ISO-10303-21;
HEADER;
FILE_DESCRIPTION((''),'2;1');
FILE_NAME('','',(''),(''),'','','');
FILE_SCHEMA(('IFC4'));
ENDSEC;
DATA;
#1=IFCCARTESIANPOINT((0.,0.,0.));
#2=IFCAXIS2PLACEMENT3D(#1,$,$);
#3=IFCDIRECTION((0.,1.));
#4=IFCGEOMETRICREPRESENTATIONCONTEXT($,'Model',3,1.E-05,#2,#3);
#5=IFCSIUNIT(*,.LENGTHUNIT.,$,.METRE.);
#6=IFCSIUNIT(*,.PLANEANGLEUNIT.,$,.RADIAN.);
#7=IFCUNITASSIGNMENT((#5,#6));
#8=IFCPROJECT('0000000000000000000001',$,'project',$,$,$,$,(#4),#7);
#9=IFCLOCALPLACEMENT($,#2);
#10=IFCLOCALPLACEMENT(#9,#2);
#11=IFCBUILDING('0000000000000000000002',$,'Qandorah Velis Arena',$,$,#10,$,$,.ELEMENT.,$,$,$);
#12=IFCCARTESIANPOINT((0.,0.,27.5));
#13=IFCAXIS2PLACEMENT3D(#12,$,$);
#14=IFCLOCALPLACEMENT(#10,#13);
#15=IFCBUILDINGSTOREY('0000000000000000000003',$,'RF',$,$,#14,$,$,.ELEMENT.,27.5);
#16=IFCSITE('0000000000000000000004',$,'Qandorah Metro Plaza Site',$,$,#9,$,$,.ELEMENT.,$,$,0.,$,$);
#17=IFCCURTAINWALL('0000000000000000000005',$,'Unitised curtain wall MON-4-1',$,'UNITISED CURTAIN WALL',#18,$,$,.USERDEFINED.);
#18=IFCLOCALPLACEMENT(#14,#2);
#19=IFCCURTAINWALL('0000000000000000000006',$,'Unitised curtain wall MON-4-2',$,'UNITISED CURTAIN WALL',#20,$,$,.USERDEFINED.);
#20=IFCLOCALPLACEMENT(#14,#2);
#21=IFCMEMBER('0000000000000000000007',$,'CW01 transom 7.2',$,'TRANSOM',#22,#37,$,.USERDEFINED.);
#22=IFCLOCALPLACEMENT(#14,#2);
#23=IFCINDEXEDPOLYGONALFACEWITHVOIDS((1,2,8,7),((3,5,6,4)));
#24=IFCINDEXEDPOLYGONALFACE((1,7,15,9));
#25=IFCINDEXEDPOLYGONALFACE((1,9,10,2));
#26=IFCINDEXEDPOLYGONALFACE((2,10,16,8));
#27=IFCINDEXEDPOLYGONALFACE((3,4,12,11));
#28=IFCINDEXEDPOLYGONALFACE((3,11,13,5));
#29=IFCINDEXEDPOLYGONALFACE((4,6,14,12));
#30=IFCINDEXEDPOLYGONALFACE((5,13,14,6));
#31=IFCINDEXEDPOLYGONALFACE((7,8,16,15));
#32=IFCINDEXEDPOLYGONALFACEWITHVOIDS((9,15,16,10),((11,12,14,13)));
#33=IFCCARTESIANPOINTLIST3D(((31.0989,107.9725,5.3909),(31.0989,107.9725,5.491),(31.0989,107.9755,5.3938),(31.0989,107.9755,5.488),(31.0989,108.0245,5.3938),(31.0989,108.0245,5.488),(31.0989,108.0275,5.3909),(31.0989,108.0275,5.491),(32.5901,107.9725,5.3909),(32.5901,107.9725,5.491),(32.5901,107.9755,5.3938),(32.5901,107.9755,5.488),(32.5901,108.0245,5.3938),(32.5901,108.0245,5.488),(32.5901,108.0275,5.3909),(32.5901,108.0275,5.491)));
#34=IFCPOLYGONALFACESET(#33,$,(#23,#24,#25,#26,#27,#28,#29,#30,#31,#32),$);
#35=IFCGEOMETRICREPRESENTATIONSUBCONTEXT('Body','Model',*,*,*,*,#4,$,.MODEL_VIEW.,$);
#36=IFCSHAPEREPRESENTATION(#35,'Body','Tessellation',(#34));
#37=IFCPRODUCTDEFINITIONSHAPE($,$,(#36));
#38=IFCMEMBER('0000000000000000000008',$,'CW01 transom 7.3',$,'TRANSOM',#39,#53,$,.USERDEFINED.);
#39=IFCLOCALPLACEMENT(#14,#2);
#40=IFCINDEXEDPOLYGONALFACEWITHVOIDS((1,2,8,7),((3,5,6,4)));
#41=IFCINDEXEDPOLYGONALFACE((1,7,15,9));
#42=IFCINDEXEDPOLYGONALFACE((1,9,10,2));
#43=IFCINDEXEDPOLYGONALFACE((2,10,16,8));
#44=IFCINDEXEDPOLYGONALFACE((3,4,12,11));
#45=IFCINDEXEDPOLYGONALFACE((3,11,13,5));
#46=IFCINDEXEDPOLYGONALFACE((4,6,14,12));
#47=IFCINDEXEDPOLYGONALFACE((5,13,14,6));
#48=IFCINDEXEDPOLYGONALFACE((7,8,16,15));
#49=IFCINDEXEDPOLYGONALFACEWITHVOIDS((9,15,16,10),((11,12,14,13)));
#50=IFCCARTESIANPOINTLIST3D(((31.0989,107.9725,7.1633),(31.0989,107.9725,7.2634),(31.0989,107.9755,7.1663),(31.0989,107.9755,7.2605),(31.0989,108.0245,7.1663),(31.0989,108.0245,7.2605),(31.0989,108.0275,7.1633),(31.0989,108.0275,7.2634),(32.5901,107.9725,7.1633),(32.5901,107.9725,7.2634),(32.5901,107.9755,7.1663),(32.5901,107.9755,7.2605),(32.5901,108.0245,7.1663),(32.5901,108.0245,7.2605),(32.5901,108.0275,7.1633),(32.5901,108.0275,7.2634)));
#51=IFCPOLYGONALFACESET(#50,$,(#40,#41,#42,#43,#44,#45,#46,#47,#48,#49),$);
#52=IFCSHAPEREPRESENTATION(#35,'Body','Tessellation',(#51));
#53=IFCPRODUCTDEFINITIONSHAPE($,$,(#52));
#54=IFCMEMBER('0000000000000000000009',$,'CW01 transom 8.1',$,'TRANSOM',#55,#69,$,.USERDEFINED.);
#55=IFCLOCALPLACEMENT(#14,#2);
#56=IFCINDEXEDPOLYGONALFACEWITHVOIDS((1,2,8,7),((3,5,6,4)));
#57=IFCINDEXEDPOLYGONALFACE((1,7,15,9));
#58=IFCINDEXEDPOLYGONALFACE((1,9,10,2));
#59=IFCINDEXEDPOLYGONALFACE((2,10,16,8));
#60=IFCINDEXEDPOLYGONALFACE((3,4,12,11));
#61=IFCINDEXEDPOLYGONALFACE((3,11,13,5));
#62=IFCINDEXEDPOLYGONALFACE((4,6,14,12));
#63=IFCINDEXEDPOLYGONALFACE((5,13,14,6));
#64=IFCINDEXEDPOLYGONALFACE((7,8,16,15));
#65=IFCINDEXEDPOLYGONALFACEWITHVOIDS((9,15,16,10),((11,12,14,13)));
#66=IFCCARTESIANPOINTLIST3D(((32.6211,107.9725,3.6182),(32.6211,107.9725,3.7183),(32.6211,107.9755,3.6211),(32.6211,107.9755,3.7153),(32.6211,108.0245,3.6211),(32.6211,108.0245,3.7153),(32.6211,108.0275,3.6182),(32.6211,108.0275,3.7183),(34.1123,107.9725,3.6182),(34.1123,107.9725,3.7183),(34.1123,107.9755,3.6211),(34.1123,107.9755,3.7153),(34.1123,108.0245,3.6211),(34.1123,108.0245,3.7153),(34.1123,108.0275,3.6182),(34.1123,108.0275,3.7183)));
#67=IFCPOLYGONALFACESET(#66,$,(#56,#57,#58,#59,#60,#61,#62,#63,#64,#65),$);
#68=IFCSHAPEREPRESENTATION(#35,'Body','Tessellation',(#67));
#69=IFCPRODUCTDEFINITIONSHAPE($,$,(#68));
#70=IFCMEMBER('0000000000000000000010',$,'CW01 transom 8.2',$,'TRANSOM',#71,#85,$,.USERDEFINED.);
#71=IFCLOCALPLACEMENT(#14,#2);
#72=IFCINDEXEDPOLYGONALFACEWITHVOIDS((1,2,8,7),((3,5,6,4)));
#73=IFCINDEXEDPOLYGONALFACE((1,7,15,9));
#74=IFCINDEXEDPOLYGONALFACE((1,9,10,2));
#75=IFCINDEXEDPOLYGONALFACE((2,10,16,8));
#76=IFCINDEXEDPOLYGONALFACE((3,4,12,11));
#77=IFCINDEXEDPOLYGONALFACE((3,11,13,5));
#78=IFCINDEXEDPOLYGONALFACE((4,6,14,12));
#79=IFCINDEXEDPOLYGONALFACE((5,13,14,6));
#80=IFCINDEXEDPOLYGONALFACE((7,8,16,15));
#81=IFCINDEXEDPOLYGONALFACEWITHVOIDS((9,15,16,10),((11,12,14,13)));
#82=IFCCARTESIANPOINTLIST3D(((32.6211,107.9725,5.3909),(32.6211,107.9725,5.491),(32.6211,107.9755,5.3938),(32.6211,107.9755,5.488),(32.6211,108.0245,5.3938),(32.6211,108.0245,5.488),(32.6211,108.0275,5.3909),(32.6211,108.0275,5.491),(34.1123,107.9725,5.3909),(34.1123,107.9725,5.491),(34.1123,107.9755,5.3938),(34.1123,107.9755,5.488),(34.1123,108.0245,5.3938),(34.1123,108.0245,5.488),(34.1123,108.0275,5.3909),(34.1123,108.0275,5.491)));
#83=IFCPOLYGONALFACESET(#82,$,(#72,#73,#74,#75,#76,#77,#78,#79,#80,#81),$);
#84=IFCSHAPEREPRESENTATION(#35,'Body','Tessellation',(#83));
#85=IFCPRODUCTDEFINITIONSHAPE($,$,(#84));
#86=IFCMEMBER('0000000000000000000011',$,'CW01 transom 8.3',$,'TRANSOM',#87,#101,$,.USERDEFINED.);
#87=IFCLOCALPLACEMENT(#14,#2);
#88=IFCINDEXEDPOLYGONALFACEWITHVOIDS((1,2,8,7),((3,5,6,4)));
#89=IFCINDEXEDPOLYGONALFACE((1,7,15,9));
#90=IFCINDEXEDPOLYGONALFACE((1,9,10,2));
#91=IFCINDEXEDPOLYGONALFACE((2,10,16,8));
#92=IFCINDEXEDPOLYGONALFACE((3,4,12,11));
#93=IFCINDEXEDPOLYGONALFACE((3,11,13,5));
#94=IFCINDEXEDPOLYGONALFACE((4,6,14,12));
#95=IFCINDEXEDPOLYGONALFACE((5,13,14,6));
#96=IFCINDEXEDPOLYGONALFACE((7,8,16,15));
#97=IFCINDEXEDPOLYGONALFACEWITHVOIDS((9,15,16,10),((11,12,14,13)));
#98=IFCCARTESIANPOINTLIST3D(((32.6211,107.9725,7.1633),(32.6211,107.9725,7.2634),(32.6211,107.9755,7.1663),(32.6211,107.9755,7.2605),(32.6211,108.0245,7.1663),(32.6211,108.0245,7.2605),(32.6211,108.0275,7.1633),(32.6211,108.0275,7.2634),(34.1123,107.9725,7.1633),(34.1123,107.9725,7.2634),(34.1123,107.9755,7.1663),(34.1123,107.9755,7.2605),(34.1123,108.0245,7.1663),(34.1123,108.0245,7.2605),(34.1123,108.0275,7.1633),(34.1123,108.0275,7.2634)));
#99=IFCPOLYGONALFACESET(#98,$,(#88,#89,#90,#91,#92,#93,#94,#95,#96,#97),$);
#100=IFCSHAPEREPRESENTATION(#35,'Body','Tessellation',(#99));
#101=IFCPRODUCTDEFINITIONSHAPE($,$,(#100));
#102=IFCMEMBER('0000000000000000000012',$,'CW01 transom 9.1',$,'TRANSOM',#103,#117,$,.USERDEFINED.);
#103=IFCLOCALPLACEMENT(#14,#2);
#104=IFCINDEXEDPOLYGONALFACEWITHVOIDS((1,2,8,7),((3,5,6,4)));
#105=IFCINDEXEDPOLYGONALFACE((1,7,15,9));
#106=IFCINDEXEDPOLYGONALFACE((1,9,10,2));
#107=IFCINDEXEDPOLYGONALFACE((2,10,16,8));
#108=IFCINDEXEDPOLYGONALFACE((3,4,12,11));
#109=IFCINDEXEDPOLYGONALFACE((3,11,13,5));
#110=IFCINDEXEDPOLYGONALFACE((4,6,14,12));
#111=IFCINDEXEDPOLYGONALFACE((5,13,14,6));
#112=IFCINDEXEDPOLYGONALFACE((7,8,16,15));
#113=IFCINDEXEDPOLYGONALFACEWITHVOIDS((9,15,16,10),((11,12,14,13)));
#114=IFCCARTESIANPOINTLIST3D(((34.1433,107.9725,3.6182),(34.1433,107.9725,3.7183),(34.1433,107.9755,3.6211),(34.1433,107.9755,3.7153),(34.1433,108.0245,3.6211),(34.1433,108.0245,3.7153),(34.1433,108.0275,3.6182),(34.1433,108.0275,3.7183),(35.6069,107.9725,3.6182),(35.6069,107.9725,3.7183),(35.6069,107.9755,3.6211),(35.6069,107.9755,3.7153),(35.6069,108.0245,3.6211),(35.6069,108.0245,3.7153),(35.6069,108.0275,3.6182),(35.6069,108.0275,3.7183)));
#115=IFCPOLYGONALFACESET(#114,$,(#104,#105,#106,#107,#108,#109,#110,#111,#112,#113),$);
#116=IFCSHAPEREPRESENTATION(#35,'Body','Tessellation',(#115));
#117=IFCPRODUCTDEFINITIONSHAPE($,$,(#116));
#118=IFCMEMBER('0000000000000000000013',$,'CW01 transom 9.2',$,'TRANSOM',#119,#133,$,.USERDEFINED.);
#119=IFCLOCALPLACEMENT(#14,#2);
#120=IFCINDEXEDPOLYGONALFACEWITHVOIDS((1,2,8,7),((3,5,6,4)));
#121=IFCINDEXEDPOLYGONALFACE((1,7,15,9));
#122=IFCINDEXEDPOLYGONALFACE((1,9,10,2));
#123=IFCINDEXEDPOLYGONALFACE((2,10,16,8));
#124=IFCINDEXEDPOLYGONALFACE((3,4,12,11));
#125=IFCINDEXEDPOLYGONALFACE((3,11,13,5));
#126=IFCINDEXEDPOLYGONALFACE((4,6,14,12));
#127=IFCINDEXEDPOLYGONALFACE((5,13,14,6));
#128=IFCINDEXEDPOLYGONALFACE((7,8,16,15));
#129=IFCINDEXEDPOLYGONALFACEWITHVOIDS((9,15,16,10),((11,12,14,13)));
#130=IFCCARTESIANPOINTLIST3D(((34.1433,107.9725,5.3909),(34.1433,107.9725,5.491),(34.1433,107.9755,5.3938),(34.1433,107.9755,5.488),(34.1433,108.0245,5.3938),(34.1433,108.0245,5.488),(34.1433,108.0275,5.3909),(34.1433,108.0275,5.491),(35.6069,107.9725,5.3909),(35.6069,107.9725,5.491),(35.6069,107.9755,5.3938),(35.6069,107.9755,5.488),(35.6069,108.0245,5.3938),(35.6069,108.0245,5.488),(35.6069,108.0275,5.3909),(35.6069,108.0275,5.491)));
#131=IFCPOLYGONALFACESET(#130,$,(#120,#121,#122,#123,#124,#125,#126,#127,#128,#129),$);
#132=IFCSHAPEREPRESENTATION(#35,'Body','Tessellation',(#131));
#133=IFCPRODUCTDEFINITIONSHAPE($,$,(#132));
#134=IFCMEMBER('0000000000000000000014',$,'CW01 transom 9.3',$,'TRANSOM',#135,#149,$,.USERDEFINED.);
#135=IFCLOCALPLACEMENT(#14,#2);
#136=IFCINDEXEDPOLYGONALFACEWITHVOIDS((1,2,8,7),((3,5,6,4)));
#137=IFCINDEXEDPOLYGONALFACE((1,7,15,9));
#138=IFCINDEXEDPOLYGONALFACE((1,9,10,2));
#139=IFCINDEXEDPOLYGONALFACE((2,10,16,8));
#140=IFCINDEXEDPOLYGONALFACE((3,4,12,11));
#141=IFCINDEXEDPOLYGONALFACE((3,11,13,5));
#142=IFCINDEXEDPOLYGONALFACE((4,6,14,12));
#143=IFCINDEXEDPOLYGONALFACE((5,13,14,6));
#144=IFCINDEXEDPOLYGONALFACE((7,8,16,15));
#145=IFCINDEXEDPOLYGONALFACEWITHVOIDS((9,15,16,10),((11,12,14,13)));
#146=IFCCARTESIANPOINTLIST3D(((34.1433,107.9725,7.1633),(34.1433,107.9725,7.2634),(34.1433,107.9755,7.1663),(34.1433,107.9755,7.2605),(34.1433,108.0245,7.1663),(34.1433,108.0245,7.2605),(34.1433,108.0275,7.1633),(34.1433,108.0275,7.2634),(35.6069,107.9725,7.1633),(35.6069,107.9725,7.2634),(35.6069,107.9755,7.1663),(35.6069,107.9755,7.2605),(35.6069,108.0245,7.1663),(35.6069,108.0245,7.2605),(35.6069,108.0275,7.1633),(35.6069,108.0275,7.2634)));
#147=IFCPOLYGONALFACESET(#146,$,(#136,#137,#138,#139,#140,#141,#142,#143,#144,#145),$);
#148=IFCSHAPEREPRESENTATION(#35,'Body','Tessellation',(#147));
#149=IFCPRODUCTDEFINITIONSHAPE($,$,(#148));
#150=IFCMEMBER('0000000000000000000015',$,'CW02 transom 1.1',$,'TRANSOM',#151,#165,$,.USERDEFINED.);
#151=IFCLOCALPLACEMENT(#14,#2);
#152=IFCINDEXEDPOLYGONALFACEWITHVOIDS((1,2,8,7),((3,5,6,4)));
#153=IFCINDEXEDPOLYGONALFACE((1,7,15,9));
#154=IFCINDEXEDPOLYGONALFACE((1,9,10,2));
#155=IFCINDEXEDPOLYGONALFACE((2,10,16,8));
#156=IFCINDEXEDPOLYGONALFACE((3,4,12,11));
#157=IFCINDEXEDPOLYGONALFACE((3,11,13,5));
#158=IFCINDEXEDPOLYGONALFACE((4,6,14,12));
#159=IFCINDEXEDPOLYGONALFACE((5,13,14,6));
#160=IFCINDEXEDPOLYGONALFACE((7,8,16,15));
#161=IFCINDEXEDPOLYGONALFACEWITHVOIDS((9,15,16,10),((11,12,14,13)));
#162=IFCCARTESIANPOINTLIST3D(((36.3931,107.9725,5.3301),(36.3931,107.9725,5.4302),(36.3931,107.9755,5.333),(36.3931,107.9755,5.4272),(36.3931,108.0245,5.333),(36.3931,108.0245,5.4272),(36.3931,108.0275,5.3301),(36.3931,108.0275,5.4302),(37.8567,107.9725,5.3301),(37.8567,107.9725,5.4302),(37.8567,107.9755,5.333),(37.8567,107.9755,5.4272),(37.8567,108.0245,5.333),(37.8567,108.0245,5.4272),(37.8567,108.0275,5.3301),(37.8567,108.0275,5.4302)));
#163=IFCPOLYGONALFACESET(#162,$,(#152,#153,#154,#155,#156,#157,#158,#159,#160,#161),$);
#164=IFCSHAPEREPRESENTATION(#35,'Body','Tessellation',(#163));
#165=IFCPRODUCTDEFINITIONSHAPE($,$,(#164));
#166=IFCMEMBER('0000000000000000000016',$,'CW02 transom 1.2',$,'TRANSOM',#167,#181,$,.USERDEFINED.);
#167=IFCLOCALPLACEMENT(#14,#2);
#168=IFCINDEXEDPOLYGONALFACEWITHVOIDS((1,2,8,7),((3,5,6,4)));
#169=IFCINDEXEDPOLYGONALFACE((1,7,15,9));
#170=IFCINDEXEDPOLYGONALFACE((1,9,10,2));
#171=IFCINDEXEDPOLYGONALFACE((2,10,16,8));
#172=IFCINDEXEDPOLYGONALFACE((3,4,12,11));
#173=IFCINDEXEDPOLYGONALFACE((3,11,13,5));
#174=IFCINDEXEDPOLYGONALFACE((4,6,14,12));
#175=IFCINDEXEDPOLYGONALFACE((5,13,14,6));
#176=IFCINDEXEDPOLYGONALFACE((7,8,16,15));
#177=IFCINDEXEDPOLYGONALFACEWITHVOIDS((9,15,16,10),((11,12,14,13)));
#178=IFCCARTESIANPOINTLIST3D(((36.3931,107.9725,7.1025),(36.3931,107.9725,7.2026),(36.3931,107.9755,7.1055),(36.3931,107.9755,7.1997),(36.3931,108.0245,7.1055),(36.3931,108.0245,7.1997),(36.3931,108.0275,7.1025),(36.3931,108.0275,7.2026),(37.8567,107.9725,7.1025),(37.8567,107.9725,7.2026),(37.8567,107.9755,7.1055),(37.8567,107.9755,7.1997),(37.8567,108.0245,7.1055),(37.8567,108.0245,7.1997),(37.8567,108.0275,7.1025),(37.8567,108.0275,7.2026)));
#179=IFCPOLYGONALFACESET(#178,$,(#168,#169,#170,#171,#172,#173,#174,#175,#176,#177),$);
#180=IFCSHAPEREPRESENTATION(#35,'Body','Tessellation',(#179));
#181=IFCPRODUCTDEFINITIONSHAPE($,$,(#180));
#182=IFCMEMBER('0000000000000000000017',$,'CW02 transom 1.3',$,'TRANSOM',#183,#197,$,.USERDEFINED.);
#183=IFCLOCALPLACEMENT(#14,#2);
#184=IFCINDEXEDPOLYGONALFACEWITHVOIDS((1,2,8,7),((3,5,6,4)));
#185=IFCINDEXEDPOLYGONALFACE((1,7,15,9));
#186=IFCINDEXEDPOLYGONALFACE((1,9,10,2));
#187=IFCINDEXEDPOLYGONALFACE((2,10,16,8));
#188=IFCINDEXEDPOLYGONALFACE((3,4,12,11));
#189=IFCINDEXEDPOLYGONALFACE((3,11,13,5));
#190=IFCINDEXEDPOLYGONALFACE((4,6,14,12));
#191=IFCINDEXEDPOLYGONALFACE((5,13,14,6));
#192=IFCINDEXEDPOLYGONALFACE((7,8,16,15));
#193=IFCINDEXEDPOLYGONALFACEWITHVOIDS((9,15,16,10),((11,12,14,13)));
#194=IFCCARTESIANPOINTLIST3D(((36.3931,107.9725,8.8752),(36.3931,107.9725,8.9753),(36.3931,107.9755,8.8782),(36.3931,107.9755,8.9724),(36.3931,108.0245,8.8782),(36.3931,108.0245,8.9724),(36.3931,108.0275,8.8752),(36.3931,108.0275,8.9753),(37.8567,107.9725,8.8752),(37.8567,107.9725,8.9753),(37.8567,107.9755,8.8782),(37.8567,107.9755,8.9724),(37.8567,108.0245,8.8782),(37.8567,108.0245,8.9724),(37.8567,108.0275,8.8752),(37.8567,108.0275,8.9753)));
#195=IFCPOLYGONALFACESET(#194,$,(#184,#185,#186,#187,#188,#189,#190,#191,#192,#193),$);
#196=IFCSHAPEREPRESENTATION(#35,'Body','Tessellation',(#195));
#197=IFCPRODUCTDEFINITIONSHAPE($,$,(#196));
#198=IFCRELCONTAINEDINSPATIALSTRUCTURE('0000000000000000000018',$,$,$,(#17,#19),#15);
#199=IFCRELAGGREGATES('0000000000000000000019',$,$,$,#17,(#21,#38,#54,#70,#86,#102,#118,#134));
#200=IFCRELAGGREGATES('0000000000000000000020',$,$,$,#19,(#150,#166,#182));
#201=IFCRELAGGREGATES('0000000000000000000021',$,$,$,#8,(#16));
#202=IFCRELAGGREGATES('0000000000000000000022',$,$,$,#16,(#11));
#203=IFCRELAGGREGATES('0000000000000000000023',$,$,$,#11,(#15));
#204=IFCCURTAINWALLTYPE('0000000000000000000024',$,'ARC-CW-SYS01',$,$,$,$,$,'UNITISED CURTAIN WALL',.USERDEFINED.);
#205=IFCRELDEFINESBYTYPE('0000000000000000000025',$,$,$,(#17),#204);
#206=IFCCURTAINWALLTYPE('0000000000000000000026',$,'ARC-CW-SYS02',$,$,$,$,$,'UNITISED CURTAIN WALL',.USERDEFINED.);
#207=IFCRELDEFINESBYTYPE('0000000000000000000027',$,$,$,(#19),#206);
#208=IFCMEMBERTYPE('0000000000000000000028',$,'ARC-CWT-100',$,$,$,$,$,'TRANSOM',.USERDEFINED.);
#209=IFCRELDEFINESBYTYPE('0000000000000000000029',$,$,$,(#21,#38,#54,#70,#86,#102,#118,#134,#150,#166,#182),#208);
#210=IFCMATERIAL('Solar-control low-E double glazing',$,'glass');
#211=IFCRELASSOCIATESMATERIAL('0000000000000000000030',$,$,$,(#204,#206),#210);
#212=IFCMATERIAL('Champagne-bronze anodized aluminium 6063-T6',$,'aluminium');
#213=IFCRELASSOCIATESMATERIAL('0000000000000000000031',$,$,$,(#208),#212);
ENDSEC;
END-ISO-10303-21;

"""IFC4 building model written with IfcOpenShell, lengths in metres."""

from ifc_helpers import new_model, si_unit, direction, frame, origin, origin_2d, place, context, subcontext, project, spatial, hollow_rectangle, extrude, material, material_profile, profile_set, type_object, element, aggregate, save


model = new_model("IFC4")

# Units and contexts
model_context = context("Model", 3, precision=1e-05, world=origin(), true_north=direction((0.0, 1.0)))
body_context = subcontext(model_context, "Body", "Model", "MODEL_VIEW")
ifc_project = project(units=[si_unit("LENGTHUNIT", "METRE"), si_unit("PLANEANGLEUNIT", "RADIAN")], contexts=[model_context])

# Site, building, storey
site_placement = place(None, origin())
site = spatial("IfcSite", under=ifc_project, at=site_placement, Name="Qandorah Metro Plaza Site", CompositionType="ELEMENT", RefElevation=0.0)
building_placement = place(site_placement, origin())
building = spatial("IfcBuilding", under=site, at=building_placement, Name="Qandorah Velis Arena", CompositionType="ELEMENT")
storey_placement = place(building_placement, frame((0.0, 0.0, 27.5)))
storey = spatial("IfcBuildingStorey", under=building, at=storey_placement, Name="RF", CompositionType="ELEMENT", Elevation=27.5)

# Curtain walls
ifc_material_1 = material(Name="Solar-control low-E double glazing", Category="glass")
curtain_wall_type_1 = type_object("IfcCurtainWallType", Name="ARC-CW-SYS01", ElementType="UNITISED CURTAIN WALL", PredefinedType="USERDEFINED", material=ifc_material_1)
curtain_wall_1_placement = place(storey_placement, origin())
curtain_wall_1 = element("IfcCurtainWall", 1, at=curtain_wall_1_placement, inside=storey, type_object=curtain_wall_type_1, Name="Unitised curtain wall MON-4-1", ObjectType="UNITISED CURTAIN WALL", PredefinedType="USERDEFINED")
ifc_material_2 = material(Name="Champagne-bronze anodized aluminium 6063-T6", Category="aluminium")
curtain_wall_type_2 = type_object("IfcCurtainWallType", Name="ARC-CW-SYS02", ElementType="UNITISED CURTAIN WALL", PredefinedType="USERDEFINED", material=ifc_material_1)
curtain_wall_2_placement = place(storey_placement, origin())
curtain_wall_2 = element("IfcCurtainWall", 2, at=curtain_wall_2_placement, inside=storey, type_object=curtain_wall_type_2, Name="Unitised curtain wall MON-4-2", ObjectType="UNITISED CURTAIN WALL", PredefinedType="USERDEFINED")

# Members
ifc_material_profile_1 = material_profile(ifc_material_2, hollow_rectangle(XDim=0.0549, YDim=0.1001, WallThickness=0.0029, at=origin_2d()), Name="ALU TRANSOM 55x100")
ifc_profile_set_1 = profile_set([ifc_material_profile_1], Name="Champagne-bronze anodized aluminium 6063-T6")
member_type_1 = type_object("IfcMemberType", Name="ARC-CWT-100", ElementType="TRANSOM", PredefinedType="USERDEFINED", material=ifc_profile_set_1)
member_1_placement = place(storey_placement, frame((31.0989, 108.0, 5.4409), z_axis=(1.0, 0.0, 0.0), x_axis=(0.0, 1.0, 0.0)))
member_1 = element("IfcMember", 3, at=member_1_placement, type_object=member_type_1, Name="CW01 transom 7.2", ObjectType="TRANSOM", PredefinedType="USERDEFINED", context=body_context, shape_type="SweptSolid", body=[
    extrude(hollow_rectangle(XDim=0.0549, YDim=0.1001, WallThickness=0.0029, at=origin_2d()), origin(), (0.0, 0.0, 1.0), 1.4912),
])
member_2_placement = place(storey_placement, frame((31.0989, 108.0, 7.2134), z_axis=(1.0, 0.0, 0.0), x_axis=(0.0, 1.0, 0.0)))
member_2 = element("IfcMember", 4, at=member_2_placement, type_object=member_type_1, Name="CW01 transom 7.3", ObjectType="TRANSOM", PredefinedType="USERDEFINED", context=body_context, shape_type="SweptSolid", body=[
    extrude(hollow_rectangle(XDim=0.0549, YDim=0.1001, WallThickness=0.0029, at=origin_2d()), origin(), (0.0, 0.0, 1.0), 1.4912),
])
member_3_placement = place(storey_placement, frame((32.6211, 108.0, 3.6682), z_axis=(1.0, 0.0, 0.0), x_axis=(0.0, 1.0, 0.0)))
member_3 = element("IfcMember", 5, at=member_3_placement, type_object=member_type_1, Name="CW01 transom 8.1", ObjectType="TRANSOM", PredefinedType="USERDEFINED", context=body_context, shape_type="SweptSolid", body=[
    extrude(hollow_rectangle(XDim=0.0549, YDim=0.1001, WallThickness=0.0029, at=origin_2d()), origin(), (0.0, 0.0, 1.0), 1.4912),
])
member_4_placement = place(storey_placement, frame((32.6211, 108.0, 5.4409), z_axis=(1.0, 0.0, 0.0), x_axis=(0.0, 1.0, 0.0)))
member_4 = element("IfcMember", 6, at=member_4_placement, type_object=member_type_1, Name="CW01 transom 8.2", ObjectType="TRANSOM", PredefinedType="USERDEFINED", context=body_context, shape_type="SweptSolid", body=[
    extrude(hollow_rectangle(XDim=0.0549, YDim=0.1001, WallThickness=0.0029, at=origin_2d()), origin(), (0.0, 0.0, 1.0), 1.4912),
])
member_5_placement = place(storey_placement, frame((32.6211, 108.0, 7.2134), z_axis=(1.0, 0.0, 0.0), x_axis=(0.0, 1.0, 0.0)))
member_5 = element("IfcMember", 7, at=member_5_placement, type_object=member_type_1, Name="CW01 transom 8.3", ObjectType="TRANSOM", PredefinedType="USERDEFINED", context=body_context, shape_type="SweptSolid", body=[
    extrude(hollow_rectangle(XDim=0.0549, YDim=0.1001, WallThickness=0.0029, at=origin_2d()), origin(), (0.0, 0.0, 1.0), 1.4912),
])
member_6_placement = place(storey_placement, frame((34.1433, 108.0, 3.6682), z_axis=(1.0, 0.0, 0.0), x_axis=(0.0, 1.0, 0.0)))
member_6 = element("IfcMember", 8, at=member_6_placement, type_object=member_type_1, Name="CW01 transom 9.1", ObjectType="TRANSOM", PredefinedType="USERDEFINED", context=body_context, shape_type="SweptSolid", body=[
    extrude(hollow_rectangle(XDim=0.0549, YDim=0.1001, WallThickness=0.0029, at=origin_2d()), origin(), (0.0, 0.0, 1.0), 1.4636),
])
member_7_placement = place(storey_placement, frame((34.1433, 108.0, 5.4409), z_axis=(1.0, 0.0, 0.0), x_axis=(0.0, 1.0, 0.0)))
member_7 = element("IfcMember", 9, at=member_7_placement, type_object=member_type_1, Name="CW01 transom 9.2", ObjectType="TRANSOM", PredefinedType="USERDEFINED", context=body_context, shape_type="SweptSolid", body=[
    extrude(hollow_rectangle(XDim=0.0549, YDim=0.1001, WallThickness=0.0029, at=origin_2d()), origin(), (0.0, 0.0, 1.0), 1.4636),
])
member_8_placement = place(storey_placement, frame((34.1433, 108.0, 7.2134), z_axis=(1.0, 0.0, 0.0), x_axis=(0.0, 1.0, 0.0)))
member_8 = element("IfcMember", 10, at=member_8_placement, type_object=member_type_1, Name="CW01 transom 9.3", ObjectType="TRANSOM", PredefinedType="USERDEFINED", context=body_context, shape_type="SweptSolid", body=[
    extrude(hollow_rectangle(XDim=0.0549, YDim=0.1001, WallThickness=0.0029, at=origin_2d()), origin(), (0.0, 0.0, 1.0), 1.4636),
])
member_9_placement = place(storey_placement, frame((36.3931, 108.0, 5.3801), z_axis=(1.0, 0.0, 0.0), x_axis=(0.0, 1.0, 0.0)))
member_9 = element("IfcMember", 11, at=member_9_placement, type_object=member_type_1, Name="CW02 transom 1.1", ObjectType="TRANSOM", PredefinedType="USERDEFINED", context=body_context, shape_type="SweptSolid", body=[
    extrude(hollow_rectangle(XDim=0.0549, YDim=0.1001, WallThickness=0.0029, at=origin_2d()), origin(), (0.0, 0.0, 1.0), 1.4636),
])
member_10_placement = place(storey_placement, frame((36.3931, 108.0, 7.1526), z_axis=(1.0, 0.0, 0.0), x_axis=(0.0, 1.0, 0.0)))
member_10 = element("IfcMember", 12, at=member_10_placement, type_object=member_type_1, Name="CW02 transom 1.2", ObjectType="TRANSOM", PredefinedType="USERDEFINED", context=body_context, shape_type="SweptSolid", body=[
    extrude(hollow_rectangle(XDim=0.0549, YDim=0.1001, WallThickness=0.0029, at=origin_2d()), origin(), (0.0, 0.0, 1.0), 1.4636),
])
member_11_placement = place(storey_placement, frame((36.3931, 108.0, 8.9253), z_axis=(1.0, 0.0, 0.0), x_axis=(0.0, 1.0, 0.0)))
member_11 = element("IfcMember", 13, at=member_11_placement, type_object=member_type_1, Name="CW02 transom 1.3", ObjectType="TRANSOM", PredefinedType="USERDEFINED", context=body_context, shape_type="SweptSolid", body=[
    extrude(hollow_rectangle(XDim=0.0549, YDim=0.1001, WallThickness=0.0029, at=origin_2d()), origin(), (0.0, 0.0, 1.0), 1.4636),
])

aggregate(curtain_wall_1, [member_1, member_2, member_3, member_4, member_5, member_6, member_7, member_8])
aggregate(curtain_wall_2, [member_9, member_10, member_11])

save(model, "model.ifc")
